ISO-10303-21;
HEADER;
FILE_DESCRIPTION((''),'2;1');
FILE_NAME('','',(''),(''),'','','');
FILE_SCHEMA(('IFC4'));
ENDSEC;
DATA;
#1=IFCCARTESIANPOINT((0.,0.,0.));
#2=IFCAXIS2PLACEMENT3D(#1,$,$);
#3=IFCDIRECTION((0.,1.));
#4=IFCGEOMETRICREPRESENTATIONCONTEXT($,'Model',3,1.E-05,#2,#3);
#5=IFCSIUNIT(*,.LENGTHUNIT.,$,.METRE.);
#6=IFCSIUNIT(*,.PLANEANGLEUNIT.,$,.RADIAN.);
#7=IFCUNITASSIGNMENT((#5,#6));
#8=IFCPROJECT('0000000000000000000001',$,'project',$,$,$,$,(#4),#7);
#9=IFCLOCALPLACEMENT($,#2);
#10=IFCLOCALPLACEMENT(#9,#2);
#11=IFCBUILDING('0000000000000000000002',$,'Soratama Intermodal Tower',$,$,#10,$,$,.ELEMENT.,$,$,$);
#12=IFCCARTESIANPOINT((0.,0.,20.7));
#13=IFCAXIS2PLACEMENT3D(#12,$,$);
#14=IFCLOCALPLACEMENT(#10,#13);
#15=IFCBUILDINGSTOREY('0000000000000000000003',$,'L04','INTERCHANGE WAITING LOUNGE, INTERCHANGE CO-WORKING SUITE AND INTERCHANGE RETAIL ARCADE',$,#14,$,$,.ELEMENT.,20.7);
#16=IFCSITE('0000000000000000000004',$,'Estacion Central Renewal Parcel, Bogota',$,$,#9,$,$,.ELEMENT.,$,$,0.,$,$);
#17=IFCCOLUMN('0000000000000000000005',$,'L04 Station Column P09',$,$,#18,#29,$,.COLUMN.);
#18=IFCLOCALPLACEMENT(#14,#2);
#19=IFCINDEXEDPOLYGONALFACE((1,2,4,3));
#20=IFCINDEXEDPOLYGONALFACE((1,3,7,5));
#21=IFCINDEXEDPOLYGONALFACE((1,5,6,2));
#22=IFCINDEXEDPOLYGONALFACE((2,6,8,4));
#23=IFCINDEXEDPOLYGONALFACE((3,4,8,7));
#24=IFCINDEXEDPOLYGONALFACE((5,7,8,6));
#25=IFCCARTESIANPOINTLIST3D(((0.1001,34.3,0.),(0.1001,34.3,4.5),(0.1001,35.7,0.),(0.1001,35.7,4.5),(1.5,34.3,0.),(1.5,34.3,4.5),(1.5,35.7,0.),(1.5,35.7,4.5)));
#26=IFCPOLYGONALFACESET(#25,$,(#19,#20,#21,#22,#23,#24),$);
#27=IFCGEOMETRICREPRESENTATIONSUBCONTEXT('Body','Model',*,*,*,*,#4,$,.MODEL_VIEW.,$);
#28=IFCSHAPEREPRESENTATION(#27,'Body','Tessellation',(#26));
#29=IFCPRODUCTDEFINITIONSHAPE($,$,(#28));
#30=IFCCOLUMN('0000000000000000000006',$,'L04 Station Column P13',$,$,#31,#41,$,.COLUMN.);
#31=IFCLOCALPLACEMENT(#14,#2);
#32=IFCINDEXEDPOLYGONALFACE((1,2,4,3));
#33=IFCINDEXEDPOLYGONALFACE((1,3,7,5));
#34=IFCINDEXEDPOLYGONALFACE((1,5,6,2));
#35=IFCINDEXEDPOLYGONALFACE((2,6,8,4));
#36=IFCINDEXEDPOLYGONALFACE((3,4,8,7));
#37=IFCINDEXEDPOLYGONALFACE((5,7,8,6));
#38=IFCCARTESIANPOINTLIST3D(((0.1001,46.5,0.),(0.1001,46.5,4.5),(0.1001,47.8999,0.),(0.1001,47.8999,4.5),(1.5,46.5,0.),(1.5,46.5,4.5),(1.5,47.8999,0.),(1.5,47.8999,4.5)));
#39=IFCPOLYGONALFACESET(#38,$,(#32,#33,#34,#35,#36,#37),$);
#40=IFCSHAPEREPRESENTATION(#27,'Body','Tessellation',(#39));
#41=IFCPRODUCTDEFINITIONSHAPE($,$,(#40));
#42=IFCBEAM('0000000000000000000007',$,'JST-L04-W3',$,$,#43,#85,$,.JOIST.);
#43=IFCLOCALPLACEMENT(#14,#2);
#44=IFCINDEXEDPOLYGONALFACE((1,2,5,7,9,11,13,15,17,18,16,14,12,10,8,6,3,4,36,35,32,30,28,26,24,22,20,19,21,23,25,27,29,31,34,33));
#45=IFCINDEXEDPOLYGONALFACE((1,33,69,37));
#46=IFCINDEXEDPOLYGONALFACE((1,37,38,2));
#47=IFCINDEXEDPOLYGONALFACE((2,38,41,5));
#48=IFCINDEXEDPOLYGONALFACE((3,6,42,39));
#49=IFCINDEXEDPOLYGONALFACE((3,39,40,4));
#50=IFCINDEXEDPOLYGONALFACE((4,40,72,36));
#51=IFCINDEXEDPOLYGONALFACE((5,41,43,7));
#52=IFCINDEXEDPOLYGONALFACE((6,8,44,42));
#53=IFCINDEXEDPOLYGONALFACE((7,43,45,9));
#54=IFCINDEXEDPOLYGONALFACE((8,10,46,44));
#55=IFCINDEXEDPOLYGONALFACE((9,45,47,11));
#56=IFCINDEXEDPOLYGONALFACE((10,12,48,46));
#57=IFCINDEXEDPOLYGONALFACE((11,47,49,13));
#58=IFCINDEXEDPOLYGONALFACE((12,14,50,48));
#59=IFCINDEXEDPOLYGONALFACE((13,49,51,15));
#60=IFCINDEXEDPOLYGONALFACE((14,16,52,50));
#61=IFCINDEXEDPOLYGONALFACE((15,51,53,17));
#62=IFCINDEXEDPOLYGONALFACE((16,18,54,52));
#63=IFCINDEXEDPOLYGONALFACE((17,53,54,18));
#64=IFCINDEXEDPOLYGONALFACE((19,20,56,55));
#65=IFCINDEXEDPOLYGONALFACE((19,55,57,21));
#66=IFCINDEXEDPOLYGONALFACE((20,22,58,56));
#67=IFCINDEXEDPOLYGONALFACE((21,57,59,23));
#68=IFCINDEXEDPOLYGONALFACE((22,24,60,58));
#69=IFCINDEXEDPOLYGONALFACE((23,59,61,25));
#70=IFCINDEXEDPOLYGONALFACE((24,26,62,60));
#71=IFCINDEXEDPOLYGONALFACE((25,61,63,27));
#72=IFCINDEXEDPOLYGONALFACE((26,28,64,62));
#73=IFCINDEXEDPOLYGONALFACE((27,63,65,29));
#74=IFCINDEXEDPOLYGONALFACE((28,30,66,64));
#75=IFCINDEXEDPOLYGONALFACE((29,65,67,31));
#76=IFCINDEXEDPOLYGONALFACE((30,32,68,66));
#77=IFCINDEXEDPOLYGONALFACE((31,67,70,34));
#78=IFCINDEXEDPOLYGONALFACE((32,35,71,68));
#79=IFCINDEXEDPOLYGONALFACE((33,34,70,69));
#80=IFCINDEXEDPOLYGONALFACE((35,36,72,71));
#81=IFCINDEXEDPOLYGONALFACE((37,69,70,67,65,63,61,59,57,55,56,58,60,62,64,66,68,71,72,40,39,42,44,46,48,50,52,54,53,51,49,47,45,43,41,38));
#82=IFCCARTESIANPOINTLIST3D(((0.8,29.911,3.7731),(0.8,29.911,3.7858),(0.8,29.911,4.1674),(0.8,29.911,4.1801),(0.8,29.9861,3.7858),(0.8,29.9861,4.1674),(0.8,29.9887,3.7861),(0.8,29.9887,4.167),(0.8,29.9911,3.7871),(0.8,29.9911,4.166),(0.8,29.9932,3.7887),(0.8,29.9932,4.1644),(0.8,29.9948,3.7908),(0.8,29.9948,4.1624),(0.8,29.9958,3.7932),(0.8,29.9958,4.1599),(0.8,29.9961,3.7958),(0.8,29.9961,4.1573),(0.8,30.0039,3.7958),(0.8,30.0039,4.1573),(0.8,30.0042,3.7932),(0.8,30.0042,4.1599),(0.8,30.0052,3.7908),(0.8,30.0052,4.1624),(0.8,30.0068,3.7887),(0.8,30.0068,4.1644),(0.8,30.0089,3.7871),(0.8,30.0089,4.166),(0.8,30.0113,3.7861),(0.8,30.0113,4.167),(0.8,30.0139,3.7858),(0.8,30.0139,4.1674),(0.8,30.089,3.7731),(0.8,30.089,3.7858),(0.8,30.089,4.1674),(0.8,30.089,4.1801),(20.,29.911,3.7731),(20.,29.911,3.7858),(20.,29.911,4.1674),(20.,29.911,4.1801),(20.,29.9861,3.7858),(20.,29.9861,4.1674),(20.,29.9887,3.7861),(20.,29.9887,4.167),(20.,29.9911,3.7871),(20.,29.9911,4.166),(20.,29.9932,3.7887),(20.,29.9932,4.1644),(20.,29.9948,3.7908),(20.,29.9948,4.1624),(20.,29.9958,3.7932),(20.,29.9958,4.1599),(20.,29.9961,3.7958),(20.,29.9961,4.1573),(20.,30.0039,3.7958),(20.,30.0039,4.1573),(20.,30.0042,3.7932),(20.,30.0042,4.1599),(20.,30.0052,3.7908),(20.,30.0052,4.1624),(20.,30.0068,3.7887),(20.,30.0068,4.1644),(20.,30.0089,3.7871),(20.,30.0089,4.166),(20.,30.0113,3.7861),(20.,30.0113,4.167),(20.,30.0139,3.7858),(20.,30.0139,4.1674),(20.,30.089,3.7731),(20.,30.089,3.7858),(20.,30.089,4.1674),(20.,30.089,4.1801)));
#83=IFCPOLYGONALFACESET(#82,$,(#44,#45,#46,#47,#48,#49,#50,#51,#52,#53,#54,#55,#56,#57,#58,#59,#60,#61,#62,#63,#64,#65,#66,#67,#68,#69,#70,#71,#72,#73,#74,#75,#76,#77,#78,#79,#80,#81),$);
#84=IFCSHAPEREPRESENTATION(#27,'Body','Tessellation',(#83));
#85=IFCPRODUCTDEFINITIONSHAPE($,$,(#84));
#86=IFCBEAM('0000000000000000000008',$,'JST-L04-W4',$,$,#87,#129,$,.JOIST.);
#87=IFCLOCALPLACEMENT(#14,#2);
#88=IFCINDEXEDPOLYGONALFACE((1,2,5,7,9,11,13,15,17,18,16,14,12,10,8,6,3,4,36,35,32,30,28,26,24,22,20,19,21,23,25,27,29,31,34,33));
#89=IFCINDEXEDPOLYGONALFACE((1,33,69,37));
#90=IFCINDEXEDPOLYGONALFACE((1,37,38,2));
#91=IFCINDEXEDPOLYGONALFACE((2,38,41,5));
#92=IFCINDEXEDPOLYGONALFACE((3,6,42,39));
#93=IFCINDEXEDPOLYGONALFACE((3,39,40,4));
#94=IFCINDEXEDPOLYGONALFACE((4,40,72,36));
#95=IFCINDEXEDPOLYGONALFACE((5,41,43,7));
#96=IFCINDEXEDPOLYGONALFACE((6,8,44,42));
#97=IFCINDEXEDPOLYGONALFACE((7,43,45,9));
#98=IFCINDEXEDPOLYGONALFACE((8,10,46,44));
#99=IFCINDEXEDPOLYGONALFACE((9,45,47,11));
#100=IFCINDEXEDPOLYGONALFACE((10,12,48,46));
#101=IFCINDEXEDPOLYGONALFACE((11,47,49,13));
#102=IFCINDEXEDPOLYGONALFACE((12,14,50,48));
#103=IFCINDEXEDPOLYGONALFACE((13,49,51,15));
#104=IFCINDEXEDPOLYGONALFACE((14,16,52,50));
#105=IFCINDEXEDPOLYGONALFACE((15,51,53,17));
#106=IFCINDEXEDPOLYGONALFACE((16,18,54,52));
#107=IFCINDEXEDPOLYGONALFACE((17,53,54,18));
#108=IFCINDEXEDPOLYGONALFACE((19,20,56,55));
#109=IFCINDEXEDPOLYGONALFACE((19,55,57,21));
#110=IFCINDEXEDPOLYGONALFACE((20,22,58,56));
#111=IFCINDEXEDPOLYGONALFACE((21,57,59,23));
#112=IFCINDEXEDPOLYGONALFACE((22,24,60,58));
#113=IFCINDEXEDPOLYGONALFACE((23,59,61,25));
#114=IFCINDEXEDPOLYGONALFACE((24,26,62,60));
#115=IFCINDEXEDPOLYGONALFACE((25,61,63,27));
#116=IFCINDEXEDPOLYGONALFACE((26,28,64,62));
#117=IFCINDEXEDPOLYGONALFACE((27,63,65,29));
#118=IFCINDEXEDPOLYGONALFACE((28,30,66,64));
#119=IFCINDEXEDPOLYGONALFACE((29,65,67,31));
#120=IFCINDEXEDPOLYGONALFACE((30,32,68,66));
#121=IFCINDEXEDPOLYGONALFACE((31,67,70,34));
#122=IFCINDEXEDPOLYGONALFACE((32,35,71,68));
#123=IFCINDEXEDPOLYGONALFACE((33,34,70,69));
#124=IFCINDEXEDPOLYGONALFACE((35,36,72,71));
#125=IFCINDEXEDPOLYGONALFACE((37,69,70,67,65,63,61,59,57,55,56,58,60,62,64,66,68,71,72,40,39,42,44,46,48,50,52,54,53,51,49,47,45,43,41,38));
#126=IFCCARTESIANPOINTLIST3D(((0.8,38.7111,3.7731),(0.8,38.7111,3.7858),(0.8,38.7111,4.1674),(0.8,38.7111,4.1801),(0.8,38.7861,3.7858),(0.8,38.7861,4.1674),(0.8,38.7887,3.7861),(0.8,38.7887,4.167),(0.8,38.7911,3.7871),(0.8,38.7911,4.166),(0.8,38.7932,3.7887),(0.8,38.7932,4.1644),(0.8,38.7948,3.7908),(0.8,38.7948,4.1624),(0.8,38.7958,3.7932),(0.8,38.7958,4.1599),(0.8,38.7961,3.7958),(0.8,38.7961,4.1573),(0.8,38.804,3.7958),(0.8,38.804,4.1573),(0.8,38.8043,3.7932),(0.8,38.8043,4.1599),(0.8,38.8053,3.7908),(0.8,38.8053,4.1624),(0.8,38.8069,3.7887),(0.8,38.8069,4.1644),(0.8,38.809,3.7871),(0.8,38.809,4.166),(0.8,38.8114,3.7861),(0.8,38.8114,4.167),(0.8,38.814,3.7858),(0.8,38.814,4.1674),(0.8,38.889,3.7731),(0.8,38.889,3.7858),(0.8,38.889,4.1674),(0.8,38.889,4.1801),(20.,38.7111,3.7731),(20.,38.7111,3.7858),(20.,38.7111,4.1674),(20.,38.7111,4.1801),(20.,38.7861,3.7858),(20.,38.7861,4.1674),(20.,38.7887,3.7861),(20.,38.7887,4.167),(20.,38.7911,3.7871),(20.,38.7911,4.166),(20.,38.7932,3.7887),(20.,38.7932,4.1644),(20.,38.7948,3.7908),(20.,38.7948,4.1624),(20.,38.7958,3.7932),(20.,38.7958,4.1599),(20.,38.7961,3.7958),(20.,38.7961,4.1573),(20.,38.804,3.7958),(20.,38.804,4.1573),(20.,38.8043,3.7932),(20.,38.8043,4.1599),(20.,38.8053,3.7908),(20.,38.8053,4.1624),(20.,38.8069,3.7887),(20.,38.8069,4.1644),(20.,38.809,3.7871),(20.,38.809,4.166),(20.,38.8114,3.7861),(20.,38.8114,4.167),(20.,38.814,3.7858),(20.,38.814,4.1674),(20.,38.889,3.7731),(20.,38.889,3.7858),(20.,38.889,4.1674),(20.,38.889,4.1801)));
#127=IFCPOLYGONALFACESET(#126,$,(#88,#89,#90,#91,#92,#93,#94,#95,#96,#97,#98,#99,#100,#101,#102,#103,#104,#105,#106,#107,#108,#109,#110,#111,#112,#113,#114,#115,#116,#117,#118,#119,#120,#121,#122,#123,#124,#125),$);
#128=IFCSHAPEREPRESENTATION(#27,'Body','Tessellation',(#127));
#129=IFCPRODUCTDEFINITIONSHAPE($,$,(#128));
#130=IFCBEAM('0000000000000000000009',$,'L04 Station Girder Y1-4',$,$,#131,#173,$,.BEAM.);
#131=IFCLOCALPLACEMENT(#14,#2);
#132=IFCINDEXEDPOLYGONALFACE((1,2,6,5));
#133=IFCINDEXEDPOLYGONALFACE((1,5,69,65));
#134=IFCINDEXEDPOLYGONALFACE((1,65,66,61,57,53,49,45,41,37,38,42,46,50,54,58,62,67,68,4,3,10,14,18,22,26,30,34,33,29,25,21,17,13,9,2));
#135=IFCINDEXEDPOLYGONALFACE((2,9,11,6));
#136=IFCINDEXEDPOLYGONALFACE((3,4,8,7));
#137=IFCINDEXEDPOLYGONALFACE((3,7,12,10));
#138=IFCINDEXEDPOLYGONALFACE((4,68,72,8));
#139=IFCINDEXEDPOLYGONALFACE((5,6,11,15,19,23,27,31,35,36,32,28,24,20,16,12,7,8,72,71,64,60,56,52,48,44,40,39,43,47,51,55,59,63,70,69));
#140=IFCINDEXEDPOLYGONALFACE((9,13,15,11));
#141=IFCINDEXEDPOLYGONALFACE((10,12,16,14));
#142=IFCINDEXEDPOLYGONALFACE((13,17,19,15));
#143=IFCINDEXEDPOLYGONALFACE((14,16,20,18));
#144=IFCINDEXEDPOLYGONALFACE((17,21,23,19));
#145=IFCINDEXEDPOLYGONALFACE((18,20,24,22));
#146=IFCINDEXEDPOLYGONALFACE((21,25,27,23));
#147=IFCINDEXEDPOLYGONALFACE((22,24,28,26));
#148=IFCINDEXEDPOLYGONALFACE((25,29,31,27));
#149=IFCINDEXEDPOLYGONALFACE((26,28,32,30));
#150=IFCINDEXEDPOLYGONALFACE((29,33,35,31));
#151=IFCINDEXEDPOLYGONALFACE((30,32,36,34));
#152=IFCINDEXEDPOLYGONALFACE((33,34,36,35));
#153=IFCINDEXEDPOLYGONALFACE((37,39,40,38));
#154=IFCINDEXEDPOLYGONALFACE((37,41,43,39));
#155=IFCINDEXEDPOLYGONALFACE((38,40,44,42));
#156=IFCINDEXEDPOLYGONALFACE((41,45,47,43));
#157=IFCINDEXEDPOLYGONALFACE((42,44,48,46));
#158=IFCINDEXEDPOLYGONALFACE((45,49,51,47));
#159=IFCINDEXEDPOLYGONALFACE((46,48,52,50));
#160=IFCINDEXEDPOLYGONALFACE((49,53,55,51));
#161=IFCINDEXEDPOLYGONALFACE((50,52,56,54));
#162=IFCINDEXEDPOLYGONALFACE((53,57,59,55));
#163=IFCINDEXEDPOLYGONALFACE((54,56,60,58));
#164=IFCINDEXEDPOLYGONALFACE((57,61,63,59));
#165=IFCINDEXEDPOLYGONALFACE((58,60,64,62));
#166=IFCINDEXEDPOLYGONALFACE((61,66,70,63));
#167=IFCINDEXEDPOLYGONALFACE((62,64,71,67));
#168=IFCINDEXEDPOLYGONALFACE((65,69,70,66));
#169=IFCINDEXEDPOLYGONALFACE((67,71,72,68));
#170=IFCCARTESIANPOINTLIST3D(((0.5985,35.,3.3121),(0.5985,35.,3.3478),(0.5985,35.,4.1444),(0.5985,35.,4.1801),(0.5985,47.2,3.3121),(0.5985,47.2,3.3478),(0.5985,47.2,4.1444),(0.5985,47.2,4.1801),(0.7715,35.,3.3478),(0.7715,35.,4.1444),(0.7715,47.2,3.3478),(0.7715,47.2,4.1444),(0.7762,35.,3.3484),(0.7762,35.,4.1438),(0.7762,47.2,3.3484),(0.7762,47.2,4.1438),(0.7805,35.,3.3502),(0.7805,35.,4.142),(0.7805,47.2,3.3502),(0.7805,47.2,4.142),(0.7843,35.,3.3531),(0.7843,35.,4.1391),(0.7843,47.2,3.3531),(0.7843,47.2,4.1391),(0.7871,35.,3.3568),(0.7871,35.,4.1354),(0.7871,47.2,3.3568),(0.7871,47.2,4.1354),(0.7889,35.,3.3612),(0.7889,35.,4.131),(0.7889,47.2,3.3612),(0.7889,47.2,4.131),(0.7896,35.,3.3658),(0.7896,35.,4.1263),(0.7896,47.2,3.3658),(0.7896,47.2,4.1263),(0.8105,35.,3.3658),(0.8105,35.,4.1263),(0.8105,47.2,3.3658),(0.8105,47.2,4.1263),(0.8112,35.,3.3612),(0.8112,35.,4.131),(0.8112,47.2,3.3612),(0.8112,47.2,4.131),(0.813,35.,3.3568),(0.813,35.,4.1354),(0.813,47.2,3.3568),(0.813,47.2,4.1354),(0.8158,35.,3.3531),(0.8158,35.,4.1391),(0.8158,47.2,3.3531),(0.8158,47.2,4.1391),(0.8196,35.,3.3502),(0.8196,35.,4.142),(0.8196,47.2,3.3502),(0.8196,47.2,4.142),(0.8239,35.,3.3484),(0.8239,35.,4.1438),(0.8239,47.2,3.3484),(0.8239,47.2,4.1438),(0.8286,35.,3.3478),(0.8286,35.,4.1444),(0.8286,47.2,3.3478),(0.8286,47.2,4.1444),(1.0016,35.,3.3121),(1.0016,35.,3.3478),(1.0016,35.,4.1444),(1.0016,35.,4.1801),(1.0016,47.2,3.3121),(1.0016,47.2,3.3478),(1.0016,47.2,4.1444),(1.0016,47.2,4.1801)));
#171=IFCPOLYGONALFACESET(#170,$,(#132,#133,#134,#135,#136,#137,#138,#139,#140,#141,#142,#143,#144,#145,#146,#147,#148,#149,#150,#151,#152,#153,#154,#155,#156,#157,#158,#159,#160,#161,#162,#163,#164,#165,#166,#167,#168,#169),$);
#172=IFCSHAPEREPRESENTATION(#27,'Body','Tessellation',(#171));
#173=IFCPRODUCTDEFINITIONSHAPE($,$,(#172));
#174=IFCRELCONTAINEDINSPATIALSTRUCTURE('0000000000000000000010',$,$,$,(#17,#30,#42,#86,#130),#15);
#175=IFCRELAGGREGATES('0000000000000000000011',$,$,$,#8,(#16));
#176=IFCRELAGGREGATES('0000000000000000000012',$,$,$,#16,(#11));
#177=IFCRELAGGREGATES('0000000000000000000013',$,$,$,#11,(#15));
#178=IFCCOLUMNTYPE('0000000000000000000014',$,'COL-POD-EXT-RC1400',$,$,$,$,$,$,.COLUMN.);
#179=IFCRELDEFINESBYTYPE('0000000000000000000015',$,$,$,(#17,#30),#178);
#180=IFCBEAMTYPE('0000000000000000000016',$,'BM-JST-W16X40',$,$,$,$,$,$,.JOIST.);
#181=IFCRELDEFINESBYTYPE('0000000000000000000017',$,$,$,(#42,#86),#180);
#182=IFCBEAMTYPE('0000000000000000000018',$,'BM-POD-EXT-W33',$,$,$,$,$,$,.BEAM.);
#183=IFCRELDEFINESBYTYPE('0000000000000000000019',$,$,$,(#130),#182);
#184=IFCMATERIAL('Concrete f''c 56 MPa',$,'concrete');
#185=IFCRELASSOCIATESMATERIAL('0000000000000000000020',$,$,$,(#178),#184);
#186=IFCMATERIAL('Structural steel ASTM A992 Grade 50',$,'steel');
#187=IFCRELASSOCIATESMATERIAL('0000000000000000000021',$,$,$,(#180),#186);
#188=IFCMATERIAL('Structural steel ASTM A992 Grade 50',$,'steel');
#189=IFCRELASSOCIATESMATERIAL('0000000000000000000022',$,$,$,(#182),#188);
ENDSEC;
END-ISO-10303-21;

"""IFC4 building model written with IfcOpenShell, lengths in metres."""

from ifc_helpers import new_model, si_unit, direction, frame, origin, origin_2d, place, context, subcontext, project, spatial, rectangle, i_section, extrude, material, material_profile, profile_set, type_object, element, save


model = new_model("IFC4")

# Units and contexts
model_context = context("Model", 3, precision=1e-05, world=origin(), true_north=direction((0.0, 1.0)))
body_context = subcontext(model_context, "Body", "Model", "MODEL_VIEW")
ifc_project = project(units=[si_unit("LENGTHUNIT", "METRE"), si_unit("PLANEANGLEUNIT", "RADIAN")], contexts=[model_context])

# Site, building, storey
site_placement = place(None, origin())
site = spatial("IfcSite", under=ifc_project, at=site_placement, Name="Estacion Central Renewal Parcel, Bogota", CompositionType="ELEMENT", RefElevation=0.0)
building_placement = place(site_placement, origin())
building = spatial("IfcBuilding", under=site, at=building_placement, Name="Soratama Intermodal Tower", CompositionType="ELEMENT")
storey_placement = place(building_placement, frame((0.0, 0.0, 20.7)))
storey = spatial("IfcBuildingStorey", under=building, at=storey_placement, Name="L04", Description="INTERCHANGE WAITING LOUNGE, INTERCHANGE CO-WORKING SUITE AND INTERCHANGE RETAIL ARCADE", CompositionType="ELEMENT", Elevation=20.7)

# Columns
ifc_material_1 = material(Name="Concrete f'c 56 MPa", Category="concrete")
ifc_material_profile_1 = material_profile(ifc_material_1, rectangle(XDim=1.3999, YDim=1.3999, at=origin_2d()), Name="RC1400X1400")
ifc_profile_set_1 = profile_set([ifc_material_profile_1], Name="Concrete f'c 56 MPa")
column_type = type_object("IfcColumnType", Name="COL-POD-EXT-RC1400", PredefinedType="COLUMN", material=ifc_profile_set_1)
for number, where, z_axis, x_axis, name in (
    (1, (0.8, 35.0, 0.0), (0.0, 0.0, 1.0), (1.0, 0.0, 0.0), "L04 Station Column P09"),
    (2, (0.8, 47.2, 0.0), (0.0, 0.0, 1.0), (1.0, 0.0, 0.0), "L04 Station Column P13"),
):
    element("IfcColumn", number, at=place(storey_placement, frame(where, z_axis=z_axis, x_axis=x_axis)), inside=storey, type_object=column_type, Name=name, PredefinedType="COLUMN", context=body_context, shape_type="SweptSolid", body=[
        extrude(rectangle(XDim=1.3999, YDim=1.3999, at=origin_2d()), origin(), (0.0, 0.0, 1.0), 4.5),
    ])

# Beams
ifc_material_2 = material(Name="Structural steel ASTM A992 Grade 50", Category="steel")
ifc_material_profile_2 = material_profile(ifc_material_2, i_section(OverallWidth=0.178, OverallDepth=0.407, WebThickness=0.0078, FlangeThickness=0.0127, FilletRadius=0.01, at=origin_2d()), Name="W16X40")
ifc_profile_set_2 = profile_set([ifc_material_profile_2], Name="Structural steel ASTM A992 Grade 50")
beam_type_1 = type_object("IfcBeamType", Name="BM-JST-W16X40", PredefinedType="JOIST", material=ifc_profile_set_2)
for number, where, z_axis, x_axis, name in (
    (3, (0.8, 30.0, 3.9766), (1.0, 0.0, 0.0), (0.0, 1.0, 0.0), "JST-L04-W3"),
    (4, (0.8, 38.8, 3.9766), (1.0, 0.0, 0.0), (0.0, 1.0, 0.0), "JST-L04-W4"),
):
    element("IfcBeam", number, at=place(storey_placement, frame(where, z_axis=z_axis, x_axis=x_axis)), inside=storey, type_object=beam_type_1, Name=name, PredefinedType="JOIST", context=body_context, shape_type="SweptSolid", body=[
        extrude(i_section(OverallWidth=0.178, OverallDepth=0.407, WebThickness=0.0078, FlangeThickness=0.0127, FilletRadius=0.01, at=origin_2d()), origin(), (0.0, 0.0, 1.0), 19.2),
    ])
ifc_material_3 = material(Name="Structural steel ASTM A992 Grade 50", Category="steel")
ifc_material_profile_3 = material_profile(ifc_material_3, i_section(OverallWidth=0.4031, OverallDepth=0.8679, WebThickness=0.021, FlangeThickness=0.0356, FilletRadius=0.0181, at=origin_2d()), Name="W33X241")
ifc_profile_set_3 = profile_set([ifc_material_profile_3], Name="Structural steel ASTM A992 Grade 50")
beam_type_2 = type_object("IfcBeamType", Name="BM-POD-EXT-W33", PredefinedType="BEAM", material=ifc_profile_set_3)
beam_1_placement = place(storey_placement, frame((0.8, 35.0, 3.7461), z_axis=(0.0, 1.0, 0.0), x_axis=(-1.0, 0.0, 0.0)))
element("IfcBeam", 5, at=beam_1_placement, inside=storey, type_object=beam_type_2, Name="L04 Station Girder Y1-4", PredefinedType="BEAM", context=body_context, shape_type="SweptSolid", body=[
    extrude(i_section(OverallWidth=0.4031, OverallDepth=0.8679, WebThickness=0.021, FlangeThickness=0.0356, FilletRadius=0.0181, at=origin_2d()), origin(), (0.0, 0.0, 1.0), 12.2),
])

save(model, "model.ifc")
